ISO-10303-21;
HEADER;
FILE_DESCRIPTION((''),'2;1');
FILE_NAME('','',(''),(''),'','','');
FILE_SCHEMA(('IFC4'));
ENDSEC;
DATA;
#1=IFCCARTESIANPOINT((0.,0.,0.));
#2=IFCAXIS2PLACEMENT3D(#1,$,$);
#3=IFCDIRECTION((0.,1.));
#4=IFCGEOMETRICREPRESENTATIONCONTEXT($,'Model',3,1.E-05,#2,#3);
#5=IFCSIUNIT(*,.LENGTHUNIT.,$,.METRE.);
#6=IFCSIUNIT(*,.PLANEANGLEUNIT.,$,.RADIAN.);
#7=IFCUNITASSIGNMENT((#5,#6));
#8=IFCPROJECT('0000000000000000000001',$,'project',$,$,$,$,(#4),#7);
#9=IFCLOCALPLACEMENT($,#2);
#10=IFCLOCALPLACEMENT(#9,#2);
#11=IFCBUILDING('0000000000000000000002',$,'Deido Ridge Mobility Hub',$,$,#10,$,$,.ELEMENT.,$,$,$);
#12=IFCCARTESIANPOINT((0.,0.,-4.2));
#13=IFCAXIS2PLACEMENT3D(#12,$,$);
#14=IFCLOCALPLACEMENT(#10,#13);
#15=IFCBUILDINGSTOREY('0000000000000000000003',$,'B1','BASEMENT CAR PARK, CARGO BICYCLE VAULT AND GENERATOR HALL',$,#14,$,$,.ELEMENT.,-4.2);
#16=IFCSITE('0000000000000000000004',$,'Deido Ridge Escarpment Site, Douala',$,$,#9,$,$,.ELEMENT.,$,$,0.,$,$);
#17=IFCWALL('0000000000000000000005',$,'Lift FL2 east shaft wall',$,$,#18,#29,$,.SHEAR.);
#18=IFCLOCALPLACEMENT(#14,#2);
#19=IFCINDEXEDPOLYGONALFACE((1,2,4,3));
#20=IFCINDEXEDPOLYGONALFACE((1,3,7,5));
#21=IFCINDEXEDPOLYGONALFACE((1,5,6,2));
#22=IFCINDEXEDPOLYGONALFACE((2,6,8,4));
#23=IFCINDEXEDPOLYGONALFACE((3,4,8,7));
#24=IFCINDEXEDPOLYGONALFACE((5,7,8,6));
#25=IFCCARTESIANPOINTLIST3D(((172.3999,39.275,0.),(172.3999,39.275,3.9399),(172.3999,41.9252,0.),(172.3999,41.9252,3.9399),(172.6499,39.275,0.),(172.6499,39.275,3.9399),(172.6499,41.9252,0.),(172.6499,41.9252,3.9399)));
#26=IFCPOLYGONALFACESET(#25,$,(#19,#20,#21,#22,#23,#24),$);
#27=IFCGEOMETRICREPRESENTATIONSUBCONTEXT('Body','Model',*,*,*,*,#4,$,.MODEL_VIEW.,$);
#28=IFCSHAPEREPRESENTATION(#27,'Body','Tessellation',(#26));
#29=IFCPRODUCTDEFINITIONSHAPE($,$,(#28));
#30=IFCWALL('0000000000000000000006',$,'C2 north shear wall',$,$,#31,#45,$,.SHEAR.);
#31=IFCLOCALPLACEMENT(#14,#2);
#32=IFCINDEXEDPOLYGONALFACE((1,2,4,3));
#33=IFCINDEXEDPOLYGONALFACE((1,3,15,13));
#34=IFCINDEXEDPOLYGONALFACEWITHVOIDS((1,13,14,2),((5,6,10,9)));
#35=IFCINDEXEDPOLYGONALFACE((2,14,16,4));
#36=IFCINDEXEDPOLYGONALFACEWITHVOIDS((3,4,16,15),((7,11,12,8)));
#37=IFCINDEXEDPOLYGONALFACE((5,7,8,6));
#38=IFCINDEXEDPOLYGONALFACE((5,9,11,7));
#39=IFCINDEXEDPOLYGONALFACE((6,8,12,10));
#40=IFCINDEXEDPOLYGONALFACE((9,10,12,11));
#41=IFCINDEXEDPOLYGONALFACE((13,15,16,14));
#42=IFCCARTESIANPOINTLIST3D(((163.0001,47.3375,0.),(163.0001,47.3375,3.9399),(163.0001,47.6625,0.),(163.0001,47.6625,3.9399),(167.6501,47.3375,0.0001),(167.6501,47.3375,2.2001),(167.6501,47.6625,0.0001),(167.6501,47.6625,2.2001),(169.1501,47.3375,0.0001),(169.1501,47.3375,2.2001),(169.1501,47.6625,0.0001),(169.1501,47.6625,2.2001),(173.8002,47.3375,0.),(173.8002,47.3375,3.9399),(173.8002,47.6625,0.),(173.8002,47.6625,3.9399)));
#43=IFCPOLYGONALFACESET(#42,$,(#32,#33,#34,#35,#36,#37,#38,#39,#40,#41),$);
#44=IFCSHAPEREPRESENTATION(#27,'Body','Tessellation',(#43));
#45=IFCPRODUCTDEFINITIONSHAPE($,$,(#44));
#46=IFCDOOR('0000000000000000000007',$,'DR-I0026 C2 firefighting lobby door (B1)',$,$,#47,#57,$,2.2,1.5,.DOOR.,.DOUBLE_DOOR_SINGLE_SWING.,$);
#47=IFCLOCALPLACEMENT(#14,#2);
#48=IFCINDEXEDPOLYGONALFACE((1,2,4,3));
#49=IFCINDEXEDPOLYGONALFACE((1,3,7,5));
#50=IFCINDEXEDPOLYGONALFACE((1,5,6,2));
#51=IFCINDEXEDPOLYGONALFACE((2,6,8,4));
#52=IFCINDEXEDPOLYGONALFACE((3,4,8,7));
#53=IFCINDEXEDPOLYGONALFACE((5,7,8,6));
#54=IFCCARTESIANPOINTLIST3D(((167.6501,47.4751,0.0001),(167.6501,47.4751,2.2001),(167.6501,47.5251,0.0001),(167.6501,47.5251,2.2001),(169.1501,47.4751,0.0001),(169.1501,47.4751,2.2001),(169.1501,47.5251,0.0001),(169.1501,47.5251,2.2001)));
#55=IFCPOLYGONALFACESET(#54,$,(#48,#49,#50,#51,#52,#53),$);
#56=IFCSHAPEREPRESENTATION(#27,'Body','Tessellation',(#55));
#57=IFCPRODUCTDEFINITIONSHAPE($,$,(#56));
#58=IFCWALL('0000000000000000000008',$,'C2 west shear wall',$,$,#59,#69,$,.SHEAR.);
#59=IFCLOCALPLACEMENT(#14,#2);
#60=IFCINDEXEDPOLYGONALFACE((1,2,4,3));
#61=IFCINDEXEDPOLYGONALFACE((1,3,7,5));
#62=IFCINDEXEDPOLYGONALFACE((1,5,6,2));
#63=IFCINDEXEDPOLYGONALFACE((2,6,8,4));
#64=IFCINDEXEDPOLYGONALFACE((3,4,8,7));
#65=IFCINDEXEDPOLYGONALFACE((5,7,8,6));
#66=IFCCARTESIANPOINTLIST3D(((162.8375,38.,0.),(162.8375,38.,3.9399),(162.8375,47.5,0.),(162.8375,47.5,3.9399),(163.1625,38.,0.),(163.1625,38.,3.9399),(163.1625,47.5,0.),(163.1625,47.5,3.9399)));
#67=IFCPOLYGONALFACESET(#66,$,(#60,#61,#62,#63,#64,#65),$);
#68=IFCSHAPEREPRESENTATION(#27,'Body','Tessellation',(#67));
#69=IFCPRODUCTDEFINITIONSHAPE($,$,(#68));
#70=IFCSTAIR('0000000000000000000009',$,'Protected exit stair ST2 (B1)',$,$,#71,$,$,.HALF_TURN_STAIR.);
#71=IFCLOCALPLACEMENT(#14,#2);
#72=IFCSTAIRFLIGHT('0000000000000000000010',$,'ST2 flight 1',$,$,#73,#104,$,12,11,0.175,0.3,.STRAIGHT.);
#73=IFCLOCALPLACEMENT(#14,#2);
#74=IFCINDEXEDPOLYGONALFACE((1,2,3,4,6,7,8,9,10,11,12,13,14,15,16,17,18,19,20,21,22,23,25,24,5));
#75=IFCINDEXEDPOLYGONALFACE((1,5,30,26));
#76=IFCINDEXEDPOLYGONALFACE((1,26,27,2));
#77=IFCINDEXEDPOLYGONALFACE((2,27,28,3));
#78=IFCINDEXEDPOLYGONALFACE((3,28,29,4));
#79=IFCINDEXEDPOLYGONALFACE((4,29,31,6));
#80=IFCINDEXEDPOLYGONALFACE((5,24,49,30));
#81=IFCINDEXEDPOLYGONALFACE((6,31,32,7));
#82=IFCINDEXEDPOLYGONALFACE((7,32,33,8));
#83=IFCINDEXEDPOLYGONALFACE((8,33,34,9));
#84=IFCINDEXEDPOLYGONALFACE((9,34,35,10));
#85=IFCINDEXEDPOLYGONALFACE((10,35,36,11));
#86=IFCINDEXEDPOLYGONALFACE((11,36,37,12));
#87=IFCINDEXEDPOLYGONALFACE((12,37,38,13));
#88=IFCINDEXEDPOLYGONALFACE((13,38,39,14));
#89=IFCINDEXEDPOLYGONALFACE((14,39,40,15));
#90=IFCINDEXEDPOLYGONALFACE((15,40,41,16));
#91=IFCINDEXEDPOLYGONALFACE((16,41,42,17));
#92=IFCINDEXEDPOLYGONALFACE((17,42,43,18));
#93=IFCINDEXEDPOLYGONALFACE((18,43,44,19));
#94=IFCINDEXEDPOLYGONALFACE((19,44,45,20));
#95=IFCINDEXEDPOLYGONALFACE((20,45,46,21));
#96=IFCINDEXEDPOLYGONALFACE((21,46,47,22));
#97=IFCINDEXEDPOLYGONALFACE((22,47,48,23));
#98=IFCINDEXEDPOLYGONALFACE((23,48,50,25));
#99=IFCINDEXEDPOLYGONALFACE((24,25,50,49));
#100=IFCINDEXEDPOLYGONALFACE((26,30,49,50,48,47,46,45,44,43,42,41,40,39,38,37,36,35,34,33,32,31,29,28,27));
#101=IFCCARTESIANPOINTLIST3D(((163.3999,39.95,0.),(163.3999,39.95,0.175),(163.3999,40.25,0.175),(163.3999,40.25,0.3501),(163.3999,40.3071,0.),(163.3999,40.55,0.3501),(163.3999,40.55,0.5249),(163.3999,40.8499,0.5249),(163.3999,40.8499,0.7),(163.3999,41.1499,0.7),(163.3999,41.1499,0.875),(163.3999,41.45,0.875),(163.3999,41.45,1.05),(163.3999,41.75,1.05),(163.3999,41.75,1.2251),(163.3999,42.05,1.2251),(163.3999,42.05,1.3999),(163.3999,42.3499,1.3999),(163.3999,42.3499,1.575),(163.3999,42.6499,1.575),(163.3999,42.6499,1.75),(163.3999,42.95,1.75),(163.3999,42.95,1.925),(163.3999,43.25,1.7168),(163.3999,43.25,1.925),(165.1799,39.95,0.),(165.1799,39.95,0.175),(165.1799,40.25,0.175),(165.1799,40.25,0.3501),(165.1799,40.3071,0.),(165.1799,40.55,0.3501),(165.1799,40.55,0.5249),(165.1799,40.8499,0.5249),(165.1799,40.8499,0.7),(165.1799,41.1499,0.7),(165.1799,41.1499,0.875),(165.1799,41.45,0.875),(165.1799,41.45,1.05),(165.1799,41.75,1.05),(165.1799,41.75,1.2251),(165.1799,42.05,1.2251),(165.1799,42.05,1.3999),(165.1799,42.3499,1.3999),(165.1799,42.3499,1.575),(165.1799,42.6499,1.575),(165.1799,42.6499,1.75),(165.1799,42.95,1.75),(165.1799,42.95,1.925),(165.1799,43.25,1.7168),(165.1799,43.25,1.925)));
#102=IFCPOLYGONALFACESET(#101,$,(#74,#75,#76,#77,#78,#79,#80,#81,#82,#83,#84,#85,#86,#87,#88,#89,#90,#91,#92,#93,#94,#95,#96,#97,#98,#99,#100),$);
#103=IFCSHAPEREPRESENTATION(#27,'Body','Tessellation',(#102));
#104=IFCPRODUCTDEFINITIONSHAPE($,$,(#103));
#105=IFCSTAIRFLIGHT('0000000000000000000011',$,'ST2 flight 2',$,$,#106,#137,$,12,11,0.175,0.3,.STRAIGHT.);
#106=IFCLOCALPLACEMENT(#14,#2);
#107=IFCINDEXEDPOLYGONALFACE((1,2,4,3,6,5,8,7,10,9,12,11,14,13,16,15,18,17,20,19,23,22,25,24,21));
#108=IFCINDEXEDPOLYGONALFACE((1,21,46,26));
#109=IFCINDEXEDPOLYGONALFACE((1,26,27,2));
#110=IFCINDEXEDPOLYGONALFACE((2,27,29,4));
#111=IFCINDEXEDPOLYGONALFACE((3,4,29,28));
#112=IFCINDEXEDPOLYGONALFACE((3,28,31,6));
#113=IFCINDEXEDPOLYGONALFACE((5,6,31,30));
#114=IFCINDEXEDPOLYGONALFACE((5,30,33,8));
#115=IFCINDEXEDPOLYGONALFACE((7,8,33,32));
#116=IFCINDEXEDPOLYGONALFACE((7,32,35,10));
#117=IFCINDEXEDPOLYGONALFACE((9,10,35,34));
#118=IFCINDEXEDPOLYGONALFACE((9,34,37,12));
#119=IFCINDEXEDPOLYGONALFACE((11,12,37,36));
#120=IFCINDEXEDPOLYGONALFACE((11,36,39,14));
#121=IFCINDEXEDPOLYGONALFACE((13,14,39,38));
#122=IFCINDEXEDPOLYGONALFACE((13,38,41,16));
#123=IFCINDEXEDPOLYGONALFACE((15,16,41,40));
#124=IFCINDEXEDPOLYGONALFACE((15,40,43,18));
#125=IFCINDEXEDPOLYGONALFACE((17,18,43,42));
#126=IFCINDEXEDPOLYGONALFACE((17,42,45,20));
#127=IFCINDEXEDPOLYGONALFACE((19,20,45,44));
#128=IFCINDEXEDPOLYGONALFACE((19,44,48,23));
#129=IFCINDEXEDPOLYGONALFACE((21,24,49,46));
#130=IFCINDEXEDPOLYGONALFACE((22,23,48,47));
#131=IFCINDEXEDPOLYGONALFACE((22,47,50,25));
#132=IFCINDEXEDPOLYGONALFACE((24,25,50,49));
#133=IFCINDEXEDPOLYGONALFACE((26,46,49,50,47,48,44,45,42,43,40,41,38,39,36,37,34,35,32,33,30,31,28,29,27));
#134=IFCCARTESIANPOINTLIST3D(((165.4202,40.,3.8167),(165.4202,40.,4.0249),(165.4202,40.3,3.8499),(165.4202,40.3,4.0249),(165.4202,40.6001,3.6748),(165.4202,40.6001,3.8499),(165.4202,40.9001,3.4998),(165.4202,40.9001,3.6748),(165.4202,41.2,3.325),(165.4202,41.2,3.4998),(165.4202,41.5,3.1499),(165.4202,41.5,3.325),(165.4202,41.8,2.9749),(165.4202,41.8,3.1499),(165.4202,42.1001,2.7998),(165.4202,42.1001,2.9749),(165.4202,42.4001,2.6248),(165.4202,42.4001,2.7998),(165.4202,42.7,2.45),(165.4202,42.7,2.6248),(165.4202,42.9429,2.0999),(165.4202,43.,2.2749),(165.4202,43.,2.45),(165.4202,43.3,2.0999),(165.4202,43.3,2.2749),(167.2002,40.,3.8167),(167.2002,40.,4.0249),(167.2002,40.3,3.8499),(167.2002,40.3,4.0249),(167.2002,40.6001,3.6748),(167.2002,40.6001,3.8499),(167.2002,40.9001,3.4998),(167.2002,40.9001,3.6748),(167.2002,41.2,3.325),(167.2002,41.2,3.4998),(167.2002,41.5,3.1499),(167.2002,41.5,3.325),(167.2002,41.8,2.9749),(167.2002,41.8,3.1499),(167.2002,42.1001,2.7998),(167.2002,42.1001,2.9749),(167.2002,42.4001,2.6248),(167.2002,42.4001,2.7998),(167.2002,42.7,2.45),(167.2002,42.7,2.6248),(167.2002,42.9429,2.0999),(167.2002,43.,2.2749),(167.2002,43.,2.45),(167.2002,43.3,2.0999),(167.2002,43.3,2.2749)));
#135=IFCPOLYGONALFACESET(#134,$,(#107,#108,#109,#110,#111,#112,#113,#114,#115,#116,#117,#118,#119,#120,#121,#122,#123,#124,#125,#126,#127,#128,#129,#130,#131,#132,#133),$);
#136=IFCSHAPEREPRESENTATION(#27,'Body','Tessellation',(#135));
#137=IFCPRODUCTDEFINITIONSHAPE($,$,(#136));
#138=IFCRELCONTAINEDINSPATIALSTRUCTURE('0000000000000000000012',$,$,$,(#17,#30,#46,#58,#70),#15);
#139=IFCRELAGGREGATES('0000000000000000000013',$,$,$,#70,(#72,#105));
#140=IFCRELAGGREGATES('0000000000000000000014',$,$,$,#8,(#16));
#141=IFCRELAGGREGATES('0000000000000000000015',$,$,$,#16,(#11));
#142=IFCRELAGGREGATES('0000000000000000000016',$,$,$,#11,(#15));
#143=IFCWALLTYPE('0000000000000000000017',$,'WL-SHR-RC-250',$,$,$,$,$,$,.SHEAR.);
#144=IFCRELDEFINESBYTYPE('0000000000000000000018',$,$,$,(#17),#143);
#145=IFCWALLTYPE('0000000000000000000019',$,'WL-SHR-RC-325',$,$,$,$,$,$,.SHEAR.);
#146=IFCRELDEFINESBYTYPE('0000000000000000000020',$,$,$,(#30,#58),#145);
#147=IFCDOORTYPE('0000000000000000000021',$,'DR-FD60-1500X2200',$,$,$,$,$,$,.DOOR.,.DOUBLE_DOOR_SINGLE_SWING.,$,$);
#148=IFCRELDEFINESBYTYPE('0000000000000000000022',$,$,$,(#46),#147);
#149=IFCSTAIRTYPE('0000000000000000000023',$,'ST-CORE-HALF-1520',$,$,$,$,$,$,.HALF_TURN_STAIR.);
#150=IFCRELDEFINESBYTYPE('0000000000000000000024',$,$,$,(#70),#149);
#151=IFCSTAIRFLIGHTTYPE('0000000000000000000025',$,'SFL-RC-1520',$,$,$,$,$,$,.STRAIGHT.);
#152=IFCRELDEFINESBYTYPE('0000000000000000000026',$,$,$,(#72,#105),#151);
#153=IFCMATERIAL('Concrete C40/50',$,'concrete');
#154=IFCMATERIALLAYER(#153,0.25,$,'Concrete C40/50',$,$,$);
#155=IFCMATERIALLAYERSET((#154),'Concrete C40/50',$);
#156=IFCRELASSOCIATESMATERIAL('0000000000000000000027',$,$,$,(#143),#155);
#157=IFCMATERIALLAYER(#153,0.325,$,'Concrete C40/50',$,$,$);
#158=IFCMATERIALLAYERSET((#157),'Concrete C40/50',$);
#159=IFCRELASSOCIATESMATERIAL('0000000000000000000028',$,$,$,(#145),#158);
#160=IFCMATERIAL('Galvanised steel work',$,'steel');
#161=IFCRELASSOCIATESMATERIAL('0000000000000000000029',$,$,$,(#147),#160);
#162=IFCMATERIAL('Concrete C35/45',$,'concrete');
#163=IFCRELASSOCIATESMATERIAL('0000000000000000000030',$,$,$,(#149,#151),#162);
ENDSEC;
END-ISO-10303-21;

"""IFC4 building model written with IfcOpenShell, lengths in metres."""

from ifc_helpers import new_model, si_unit, direction, frame, frame_2d, origin, place, context, subcontext, project, spatial, polyline, rectangle, outline, extrude, material, layer, layer_set, type_object, element, fill, aggregate, save


model = new_model("IFC4")

# Units and contexts
model_context = context("Model", 3, precision=1e-05, world=origin(), true_north=direction((0.0, 1.0)))
body_context = subcontext(model_context, "Body", "Model", "MODEL_VIEW")
ifc_project = project(units=[si_unit("LENGTHUNIT", "METRE"), si_unit("PLANEANGLEUNIT", "RADIAN")], contexts=[model_context])

# Site, building, storey
site_placement = place(None, origin())
site = spatial("IfcSite", under=ifc_project, at=site_placement, Name="Deido Ridge Escarpment Site, Douala", CompositionType="ELEMENT", RefElevation=0.0)
building_placement = place(site_placement, origin())
building = spatial("IfcBuilding", under=site, at=building_placement, Name="Deido Ridge Mobility Hub", CompositionType="ELEMENT")
storey_placement = place(building_placement, frame((0.0, 0.0, -4.2)))
storey = spatial("IfcBuildingStorey", under=building, at=storey_placement, Name="B1", Description="BASEMENT CAR PARK, CARGO BICYCLE VAULT AND GENERATOR HALL", CompositionType="ELEMENT", Elevation=-4.2)

# Shared definitions
ifc_material_1 = material(Name="Concrete C40/50", Category="concrete")

# Wall
ifc_layer_1 = layer(ifc_material_1, 0.25, Name="Concrete C40/50")
ifc_layer_set_1 = layer_set([ifc_layer_1], Name="Concrete C40/50")
wall_type_1 = type_object("IfcWallType", Name="WL-SHR-RC-250", PredefinedType="SHEAR", material=ifc_layer_set_1)
wall_1_placement = place(storey_placement, frame((172.5249, 39.2749, 0.0), z_axis=(0.0, 0.0, 1.0), x_axis=(0.0, 1.0, 0.0)))
element("IfcWall", 1, at=wall_1_placement, inside=storey, type_object=wall_type_1, Name="Lift FL2 east shaft wall", PredefinedType="SHEAR", context=body_context, shape_type="SweptSolid", body=[
    extrude(rectangle(XDim=2.6501, YDim=0.25, at=frame_2d((1.3252, 0.0))), origin(), (0.0, 0.0, 1.0), 3.9399),
])

# Wall, opening, door
ifc_layer_2 = layer(ifc_material_1, 0.325, Name="Concrete C40/50")
ifc_layer_set_2 = layer_set([ifc_layer_2], Name="Concrete C40/50")
wall_type_2 = type_object("IfcWallType", Name="WL-SHR-RC-325", PredefinedType="SHEAR", material=ifc_layer_set_2)
wall_2_placement = place(storey_placement, frame((173.8, 47.5, 0.0), z_axis=(0.0, 0.0, 1.0), x_axis=(-1.0, 0.0, 0.0)))
wall_2 = element("IfcWall", 2, at=wall_2_placement, inside=storey, type_object=wall_type_2, Name="C2 north shear wall", PredefinedType="SHEAR", context=body_context, shape_type="SweptSolid", body=[
    extrude(rectangle(XDim=10.8, YDim=0.325, at=frame_2d((5.3999, 0.0))), origin(), (0.0, 0.0, 1.0), 3.9399),
])
opening_1_placement = place(wall_2_placement, frame((4.6499, 0.0, 0.0)))
opening_1 = element("IfcOpeningElement", 3, at=opening_1_placement, cuts=wall_2, PredefinedType="OPENING", context=body_context, shape_type="SweptSolid", body=[
    extrude(rectangle(XDim=1.5, YDim=2.2, at=frame_2d((0.75, 1.1001))), frame((0.0, 0.1724, 0.0), z_axis=(0.0, -1.0, 0.0), x_axis=(1.0, 0.0, 0.0)), (0.0, 0.0, 1.0), 0.345),
])
ifc_material_2 = material(Name="Galvanised steel work", Category="steel")
door_type_1 = type_object("IfcDoorType", Name="DR-FD60-1500X2200", OperationType="DOUBLE_DOOR_SINGLE_SWING", PredefinedType="DOOR", material=ifc_material_2)
door_1_placement = place(opening_1_placement, origin())
door_1 = element("IfcDoor", 4, at=door_1_placement, inside=storey, type_object=door_type_1, Name="DR-I0026 C2 firefighting lobby door (B1)", OperationType="DOUBLE_DOOR_SINGLE_SWING", OverallHeight=2.2, OverallWidth=1.5, PredefinedType="DOOR", context=body_context, shape_type="SweptSolid", body=[
    extrude(rectangle(XDim=1.5, YDim=2.2, at=frame_2d((0.75, 1.1001))), frame((0.0, 0.0249, 0.0), z_axis=(0.0, -1.0, 0.0), x_axis=(1.0, 0.0, 0.0)), (0.0, 0.0, 1.0), 0.05),
])
fill(opening_1, door_1)

# Wall
wall_3_placement = place(storey_placement, frame((163.0, 47.5, 0.0), z_axis=(0.0, 0.0, 1.0), x_axis=(0.0, -1.0, 0.0)))
element("IfcWall", 5, at=wall_3_placement, inside=storey, type_object=wall_type_2, Name="C2 west shear wall", PredefinedType="SHEAR", context=body_context, shape_type="SweptSolid", body=[
    extrude(rectangle(XDim=9.5, YDim=0.325, at=frame_2d((4.75, 0.0))), origin(), (0.0, 0.0, 1.0), 3.9399),
])

# Stair, stair flights
ifc_material_3 = material(Name="Concrete C35/45", Category="concrete")
stair_type = type_object("IfcStairType", Name="ST-CORE-HALF-1520", PredefinedType="HALF_TURN_STAIR", material=ifc_material_3)
stair_placement = place(storey_placement, origin())
stair = element("IfcStair", 6, at=stair_placement, inside=storey, type_object=stair_type, Name="Protected exit stair ST2 (B1)", PredefinedType="HALF_TURN_STAIR")
stair_flight_type = type_object("IfcStairFlightType", Name="SFL-RC-1520", PredefinedType="STRAIGHT", material=ifc_material_3)
stair_flight_1_placement = place(storey_placement, frame((164.29, 39.95, 0.0), z_axis=(0.0, 0.0, 1.0), x_axis=(0.0, 1.0, 0.0)))
stair_flight_1 = element("IfcStairFlight", 7, at=stair_flight_1_placement, type_object=stair_flight_type, Name="ST2 flight 1", NumberOfRisers=12, NumberOfTreads=11, PredefinedType="STRAIGHT", RiserHeight=0.175, TreadLength=0.3, context=body_context, shape_type="SweptSolid", body=[
    extrude(outline(polyline([(0.0, 0.0), (0.0, 0.175), (0.3, 0.175), (0.3, 0.3501), (0.6001, 0.3501), (0.6001, 0.5249), (0.8999, 0.5249), (0.8999, 0.7), (1.2, 0.7), (1.2, 0.875), (1.5, 0.875), (1.5, 1.05), (1.8, 1.05), (1.8, 1.2251), (2.1001, 1.2251), (2.1001, 1.3999), (2.3999, 1.3999), (2.3999, 1.575), (2.7, 1.575), (2.7, 1.75), (3.0, 1.75), (3.0, 1.925), (3.3, 1.925), (3.3, 2.1001), (3.3, 1.7168), (0.3572, 0.0), (0.0, 0.0)])), frame((0.0, 0.8901, 0.0), z_axis=(0.0, -1.0, 0.0), x_axis=(1.0, 0.0, 0.0)), (0.0, 0.0, 1.0), 1.78),
])
stair_flight_2_placement = place(storey_placement, frame((166.3101, 43.3, 2.0999), z_axis=(0.0, 0.0, 1.0), x_axis=(0.0, -1.0, 0.0)))
stair_flight_2 = element("IfcStairFlight", 8, at=stair_flight_2_placement, type_object=stair_flight_type, Name="ST2 flight 2", NumberOfRisers=12, NumberOfTreads=11, PredefinedType="STRAIGHT", RiserHeight=0.175, TreadLength=0.3, context=body_context, shape_type="SweptSolid", body=[
    extrude(outline(polyline([(0.0, 0.0), (0.0, 0.175), (0.3, 0.175), (0.3, 0.3501), (0.6001, 0.3501), (0.6001, 0.5249), (0.8999, 0.5249), (0.8999, 0.7), (1.2, 0.7), (1.2, 0.875), (1.5, 0.875), (1.5, 1.05), (1.8, 1.05), (1.8, 1.2251), (2.1001, 1.2251), (2.1001, 1.3999), (2.3999, 1.3999), (2.3999, 1.575), (2.7, 1.575), (2.7, 1.75), (3.0, 1.75), (3.0, 1.925), (3.3, 1.925), (3.3, 2.1001), (3.3, 1.7168), (0.3572, 0.0), (0.0, 0.0)])), frame((0.0, 0.8901, 0.0), z_axis=(0.0, -1.0, 0.0), x_axis=(1.0, 0.0, 0.0)), (0.0, 0.0, 1.0), 1.78),
])
aggregate(stair, [stair_flight_1, stair_flight_2])

save(model, "model.ifc")
